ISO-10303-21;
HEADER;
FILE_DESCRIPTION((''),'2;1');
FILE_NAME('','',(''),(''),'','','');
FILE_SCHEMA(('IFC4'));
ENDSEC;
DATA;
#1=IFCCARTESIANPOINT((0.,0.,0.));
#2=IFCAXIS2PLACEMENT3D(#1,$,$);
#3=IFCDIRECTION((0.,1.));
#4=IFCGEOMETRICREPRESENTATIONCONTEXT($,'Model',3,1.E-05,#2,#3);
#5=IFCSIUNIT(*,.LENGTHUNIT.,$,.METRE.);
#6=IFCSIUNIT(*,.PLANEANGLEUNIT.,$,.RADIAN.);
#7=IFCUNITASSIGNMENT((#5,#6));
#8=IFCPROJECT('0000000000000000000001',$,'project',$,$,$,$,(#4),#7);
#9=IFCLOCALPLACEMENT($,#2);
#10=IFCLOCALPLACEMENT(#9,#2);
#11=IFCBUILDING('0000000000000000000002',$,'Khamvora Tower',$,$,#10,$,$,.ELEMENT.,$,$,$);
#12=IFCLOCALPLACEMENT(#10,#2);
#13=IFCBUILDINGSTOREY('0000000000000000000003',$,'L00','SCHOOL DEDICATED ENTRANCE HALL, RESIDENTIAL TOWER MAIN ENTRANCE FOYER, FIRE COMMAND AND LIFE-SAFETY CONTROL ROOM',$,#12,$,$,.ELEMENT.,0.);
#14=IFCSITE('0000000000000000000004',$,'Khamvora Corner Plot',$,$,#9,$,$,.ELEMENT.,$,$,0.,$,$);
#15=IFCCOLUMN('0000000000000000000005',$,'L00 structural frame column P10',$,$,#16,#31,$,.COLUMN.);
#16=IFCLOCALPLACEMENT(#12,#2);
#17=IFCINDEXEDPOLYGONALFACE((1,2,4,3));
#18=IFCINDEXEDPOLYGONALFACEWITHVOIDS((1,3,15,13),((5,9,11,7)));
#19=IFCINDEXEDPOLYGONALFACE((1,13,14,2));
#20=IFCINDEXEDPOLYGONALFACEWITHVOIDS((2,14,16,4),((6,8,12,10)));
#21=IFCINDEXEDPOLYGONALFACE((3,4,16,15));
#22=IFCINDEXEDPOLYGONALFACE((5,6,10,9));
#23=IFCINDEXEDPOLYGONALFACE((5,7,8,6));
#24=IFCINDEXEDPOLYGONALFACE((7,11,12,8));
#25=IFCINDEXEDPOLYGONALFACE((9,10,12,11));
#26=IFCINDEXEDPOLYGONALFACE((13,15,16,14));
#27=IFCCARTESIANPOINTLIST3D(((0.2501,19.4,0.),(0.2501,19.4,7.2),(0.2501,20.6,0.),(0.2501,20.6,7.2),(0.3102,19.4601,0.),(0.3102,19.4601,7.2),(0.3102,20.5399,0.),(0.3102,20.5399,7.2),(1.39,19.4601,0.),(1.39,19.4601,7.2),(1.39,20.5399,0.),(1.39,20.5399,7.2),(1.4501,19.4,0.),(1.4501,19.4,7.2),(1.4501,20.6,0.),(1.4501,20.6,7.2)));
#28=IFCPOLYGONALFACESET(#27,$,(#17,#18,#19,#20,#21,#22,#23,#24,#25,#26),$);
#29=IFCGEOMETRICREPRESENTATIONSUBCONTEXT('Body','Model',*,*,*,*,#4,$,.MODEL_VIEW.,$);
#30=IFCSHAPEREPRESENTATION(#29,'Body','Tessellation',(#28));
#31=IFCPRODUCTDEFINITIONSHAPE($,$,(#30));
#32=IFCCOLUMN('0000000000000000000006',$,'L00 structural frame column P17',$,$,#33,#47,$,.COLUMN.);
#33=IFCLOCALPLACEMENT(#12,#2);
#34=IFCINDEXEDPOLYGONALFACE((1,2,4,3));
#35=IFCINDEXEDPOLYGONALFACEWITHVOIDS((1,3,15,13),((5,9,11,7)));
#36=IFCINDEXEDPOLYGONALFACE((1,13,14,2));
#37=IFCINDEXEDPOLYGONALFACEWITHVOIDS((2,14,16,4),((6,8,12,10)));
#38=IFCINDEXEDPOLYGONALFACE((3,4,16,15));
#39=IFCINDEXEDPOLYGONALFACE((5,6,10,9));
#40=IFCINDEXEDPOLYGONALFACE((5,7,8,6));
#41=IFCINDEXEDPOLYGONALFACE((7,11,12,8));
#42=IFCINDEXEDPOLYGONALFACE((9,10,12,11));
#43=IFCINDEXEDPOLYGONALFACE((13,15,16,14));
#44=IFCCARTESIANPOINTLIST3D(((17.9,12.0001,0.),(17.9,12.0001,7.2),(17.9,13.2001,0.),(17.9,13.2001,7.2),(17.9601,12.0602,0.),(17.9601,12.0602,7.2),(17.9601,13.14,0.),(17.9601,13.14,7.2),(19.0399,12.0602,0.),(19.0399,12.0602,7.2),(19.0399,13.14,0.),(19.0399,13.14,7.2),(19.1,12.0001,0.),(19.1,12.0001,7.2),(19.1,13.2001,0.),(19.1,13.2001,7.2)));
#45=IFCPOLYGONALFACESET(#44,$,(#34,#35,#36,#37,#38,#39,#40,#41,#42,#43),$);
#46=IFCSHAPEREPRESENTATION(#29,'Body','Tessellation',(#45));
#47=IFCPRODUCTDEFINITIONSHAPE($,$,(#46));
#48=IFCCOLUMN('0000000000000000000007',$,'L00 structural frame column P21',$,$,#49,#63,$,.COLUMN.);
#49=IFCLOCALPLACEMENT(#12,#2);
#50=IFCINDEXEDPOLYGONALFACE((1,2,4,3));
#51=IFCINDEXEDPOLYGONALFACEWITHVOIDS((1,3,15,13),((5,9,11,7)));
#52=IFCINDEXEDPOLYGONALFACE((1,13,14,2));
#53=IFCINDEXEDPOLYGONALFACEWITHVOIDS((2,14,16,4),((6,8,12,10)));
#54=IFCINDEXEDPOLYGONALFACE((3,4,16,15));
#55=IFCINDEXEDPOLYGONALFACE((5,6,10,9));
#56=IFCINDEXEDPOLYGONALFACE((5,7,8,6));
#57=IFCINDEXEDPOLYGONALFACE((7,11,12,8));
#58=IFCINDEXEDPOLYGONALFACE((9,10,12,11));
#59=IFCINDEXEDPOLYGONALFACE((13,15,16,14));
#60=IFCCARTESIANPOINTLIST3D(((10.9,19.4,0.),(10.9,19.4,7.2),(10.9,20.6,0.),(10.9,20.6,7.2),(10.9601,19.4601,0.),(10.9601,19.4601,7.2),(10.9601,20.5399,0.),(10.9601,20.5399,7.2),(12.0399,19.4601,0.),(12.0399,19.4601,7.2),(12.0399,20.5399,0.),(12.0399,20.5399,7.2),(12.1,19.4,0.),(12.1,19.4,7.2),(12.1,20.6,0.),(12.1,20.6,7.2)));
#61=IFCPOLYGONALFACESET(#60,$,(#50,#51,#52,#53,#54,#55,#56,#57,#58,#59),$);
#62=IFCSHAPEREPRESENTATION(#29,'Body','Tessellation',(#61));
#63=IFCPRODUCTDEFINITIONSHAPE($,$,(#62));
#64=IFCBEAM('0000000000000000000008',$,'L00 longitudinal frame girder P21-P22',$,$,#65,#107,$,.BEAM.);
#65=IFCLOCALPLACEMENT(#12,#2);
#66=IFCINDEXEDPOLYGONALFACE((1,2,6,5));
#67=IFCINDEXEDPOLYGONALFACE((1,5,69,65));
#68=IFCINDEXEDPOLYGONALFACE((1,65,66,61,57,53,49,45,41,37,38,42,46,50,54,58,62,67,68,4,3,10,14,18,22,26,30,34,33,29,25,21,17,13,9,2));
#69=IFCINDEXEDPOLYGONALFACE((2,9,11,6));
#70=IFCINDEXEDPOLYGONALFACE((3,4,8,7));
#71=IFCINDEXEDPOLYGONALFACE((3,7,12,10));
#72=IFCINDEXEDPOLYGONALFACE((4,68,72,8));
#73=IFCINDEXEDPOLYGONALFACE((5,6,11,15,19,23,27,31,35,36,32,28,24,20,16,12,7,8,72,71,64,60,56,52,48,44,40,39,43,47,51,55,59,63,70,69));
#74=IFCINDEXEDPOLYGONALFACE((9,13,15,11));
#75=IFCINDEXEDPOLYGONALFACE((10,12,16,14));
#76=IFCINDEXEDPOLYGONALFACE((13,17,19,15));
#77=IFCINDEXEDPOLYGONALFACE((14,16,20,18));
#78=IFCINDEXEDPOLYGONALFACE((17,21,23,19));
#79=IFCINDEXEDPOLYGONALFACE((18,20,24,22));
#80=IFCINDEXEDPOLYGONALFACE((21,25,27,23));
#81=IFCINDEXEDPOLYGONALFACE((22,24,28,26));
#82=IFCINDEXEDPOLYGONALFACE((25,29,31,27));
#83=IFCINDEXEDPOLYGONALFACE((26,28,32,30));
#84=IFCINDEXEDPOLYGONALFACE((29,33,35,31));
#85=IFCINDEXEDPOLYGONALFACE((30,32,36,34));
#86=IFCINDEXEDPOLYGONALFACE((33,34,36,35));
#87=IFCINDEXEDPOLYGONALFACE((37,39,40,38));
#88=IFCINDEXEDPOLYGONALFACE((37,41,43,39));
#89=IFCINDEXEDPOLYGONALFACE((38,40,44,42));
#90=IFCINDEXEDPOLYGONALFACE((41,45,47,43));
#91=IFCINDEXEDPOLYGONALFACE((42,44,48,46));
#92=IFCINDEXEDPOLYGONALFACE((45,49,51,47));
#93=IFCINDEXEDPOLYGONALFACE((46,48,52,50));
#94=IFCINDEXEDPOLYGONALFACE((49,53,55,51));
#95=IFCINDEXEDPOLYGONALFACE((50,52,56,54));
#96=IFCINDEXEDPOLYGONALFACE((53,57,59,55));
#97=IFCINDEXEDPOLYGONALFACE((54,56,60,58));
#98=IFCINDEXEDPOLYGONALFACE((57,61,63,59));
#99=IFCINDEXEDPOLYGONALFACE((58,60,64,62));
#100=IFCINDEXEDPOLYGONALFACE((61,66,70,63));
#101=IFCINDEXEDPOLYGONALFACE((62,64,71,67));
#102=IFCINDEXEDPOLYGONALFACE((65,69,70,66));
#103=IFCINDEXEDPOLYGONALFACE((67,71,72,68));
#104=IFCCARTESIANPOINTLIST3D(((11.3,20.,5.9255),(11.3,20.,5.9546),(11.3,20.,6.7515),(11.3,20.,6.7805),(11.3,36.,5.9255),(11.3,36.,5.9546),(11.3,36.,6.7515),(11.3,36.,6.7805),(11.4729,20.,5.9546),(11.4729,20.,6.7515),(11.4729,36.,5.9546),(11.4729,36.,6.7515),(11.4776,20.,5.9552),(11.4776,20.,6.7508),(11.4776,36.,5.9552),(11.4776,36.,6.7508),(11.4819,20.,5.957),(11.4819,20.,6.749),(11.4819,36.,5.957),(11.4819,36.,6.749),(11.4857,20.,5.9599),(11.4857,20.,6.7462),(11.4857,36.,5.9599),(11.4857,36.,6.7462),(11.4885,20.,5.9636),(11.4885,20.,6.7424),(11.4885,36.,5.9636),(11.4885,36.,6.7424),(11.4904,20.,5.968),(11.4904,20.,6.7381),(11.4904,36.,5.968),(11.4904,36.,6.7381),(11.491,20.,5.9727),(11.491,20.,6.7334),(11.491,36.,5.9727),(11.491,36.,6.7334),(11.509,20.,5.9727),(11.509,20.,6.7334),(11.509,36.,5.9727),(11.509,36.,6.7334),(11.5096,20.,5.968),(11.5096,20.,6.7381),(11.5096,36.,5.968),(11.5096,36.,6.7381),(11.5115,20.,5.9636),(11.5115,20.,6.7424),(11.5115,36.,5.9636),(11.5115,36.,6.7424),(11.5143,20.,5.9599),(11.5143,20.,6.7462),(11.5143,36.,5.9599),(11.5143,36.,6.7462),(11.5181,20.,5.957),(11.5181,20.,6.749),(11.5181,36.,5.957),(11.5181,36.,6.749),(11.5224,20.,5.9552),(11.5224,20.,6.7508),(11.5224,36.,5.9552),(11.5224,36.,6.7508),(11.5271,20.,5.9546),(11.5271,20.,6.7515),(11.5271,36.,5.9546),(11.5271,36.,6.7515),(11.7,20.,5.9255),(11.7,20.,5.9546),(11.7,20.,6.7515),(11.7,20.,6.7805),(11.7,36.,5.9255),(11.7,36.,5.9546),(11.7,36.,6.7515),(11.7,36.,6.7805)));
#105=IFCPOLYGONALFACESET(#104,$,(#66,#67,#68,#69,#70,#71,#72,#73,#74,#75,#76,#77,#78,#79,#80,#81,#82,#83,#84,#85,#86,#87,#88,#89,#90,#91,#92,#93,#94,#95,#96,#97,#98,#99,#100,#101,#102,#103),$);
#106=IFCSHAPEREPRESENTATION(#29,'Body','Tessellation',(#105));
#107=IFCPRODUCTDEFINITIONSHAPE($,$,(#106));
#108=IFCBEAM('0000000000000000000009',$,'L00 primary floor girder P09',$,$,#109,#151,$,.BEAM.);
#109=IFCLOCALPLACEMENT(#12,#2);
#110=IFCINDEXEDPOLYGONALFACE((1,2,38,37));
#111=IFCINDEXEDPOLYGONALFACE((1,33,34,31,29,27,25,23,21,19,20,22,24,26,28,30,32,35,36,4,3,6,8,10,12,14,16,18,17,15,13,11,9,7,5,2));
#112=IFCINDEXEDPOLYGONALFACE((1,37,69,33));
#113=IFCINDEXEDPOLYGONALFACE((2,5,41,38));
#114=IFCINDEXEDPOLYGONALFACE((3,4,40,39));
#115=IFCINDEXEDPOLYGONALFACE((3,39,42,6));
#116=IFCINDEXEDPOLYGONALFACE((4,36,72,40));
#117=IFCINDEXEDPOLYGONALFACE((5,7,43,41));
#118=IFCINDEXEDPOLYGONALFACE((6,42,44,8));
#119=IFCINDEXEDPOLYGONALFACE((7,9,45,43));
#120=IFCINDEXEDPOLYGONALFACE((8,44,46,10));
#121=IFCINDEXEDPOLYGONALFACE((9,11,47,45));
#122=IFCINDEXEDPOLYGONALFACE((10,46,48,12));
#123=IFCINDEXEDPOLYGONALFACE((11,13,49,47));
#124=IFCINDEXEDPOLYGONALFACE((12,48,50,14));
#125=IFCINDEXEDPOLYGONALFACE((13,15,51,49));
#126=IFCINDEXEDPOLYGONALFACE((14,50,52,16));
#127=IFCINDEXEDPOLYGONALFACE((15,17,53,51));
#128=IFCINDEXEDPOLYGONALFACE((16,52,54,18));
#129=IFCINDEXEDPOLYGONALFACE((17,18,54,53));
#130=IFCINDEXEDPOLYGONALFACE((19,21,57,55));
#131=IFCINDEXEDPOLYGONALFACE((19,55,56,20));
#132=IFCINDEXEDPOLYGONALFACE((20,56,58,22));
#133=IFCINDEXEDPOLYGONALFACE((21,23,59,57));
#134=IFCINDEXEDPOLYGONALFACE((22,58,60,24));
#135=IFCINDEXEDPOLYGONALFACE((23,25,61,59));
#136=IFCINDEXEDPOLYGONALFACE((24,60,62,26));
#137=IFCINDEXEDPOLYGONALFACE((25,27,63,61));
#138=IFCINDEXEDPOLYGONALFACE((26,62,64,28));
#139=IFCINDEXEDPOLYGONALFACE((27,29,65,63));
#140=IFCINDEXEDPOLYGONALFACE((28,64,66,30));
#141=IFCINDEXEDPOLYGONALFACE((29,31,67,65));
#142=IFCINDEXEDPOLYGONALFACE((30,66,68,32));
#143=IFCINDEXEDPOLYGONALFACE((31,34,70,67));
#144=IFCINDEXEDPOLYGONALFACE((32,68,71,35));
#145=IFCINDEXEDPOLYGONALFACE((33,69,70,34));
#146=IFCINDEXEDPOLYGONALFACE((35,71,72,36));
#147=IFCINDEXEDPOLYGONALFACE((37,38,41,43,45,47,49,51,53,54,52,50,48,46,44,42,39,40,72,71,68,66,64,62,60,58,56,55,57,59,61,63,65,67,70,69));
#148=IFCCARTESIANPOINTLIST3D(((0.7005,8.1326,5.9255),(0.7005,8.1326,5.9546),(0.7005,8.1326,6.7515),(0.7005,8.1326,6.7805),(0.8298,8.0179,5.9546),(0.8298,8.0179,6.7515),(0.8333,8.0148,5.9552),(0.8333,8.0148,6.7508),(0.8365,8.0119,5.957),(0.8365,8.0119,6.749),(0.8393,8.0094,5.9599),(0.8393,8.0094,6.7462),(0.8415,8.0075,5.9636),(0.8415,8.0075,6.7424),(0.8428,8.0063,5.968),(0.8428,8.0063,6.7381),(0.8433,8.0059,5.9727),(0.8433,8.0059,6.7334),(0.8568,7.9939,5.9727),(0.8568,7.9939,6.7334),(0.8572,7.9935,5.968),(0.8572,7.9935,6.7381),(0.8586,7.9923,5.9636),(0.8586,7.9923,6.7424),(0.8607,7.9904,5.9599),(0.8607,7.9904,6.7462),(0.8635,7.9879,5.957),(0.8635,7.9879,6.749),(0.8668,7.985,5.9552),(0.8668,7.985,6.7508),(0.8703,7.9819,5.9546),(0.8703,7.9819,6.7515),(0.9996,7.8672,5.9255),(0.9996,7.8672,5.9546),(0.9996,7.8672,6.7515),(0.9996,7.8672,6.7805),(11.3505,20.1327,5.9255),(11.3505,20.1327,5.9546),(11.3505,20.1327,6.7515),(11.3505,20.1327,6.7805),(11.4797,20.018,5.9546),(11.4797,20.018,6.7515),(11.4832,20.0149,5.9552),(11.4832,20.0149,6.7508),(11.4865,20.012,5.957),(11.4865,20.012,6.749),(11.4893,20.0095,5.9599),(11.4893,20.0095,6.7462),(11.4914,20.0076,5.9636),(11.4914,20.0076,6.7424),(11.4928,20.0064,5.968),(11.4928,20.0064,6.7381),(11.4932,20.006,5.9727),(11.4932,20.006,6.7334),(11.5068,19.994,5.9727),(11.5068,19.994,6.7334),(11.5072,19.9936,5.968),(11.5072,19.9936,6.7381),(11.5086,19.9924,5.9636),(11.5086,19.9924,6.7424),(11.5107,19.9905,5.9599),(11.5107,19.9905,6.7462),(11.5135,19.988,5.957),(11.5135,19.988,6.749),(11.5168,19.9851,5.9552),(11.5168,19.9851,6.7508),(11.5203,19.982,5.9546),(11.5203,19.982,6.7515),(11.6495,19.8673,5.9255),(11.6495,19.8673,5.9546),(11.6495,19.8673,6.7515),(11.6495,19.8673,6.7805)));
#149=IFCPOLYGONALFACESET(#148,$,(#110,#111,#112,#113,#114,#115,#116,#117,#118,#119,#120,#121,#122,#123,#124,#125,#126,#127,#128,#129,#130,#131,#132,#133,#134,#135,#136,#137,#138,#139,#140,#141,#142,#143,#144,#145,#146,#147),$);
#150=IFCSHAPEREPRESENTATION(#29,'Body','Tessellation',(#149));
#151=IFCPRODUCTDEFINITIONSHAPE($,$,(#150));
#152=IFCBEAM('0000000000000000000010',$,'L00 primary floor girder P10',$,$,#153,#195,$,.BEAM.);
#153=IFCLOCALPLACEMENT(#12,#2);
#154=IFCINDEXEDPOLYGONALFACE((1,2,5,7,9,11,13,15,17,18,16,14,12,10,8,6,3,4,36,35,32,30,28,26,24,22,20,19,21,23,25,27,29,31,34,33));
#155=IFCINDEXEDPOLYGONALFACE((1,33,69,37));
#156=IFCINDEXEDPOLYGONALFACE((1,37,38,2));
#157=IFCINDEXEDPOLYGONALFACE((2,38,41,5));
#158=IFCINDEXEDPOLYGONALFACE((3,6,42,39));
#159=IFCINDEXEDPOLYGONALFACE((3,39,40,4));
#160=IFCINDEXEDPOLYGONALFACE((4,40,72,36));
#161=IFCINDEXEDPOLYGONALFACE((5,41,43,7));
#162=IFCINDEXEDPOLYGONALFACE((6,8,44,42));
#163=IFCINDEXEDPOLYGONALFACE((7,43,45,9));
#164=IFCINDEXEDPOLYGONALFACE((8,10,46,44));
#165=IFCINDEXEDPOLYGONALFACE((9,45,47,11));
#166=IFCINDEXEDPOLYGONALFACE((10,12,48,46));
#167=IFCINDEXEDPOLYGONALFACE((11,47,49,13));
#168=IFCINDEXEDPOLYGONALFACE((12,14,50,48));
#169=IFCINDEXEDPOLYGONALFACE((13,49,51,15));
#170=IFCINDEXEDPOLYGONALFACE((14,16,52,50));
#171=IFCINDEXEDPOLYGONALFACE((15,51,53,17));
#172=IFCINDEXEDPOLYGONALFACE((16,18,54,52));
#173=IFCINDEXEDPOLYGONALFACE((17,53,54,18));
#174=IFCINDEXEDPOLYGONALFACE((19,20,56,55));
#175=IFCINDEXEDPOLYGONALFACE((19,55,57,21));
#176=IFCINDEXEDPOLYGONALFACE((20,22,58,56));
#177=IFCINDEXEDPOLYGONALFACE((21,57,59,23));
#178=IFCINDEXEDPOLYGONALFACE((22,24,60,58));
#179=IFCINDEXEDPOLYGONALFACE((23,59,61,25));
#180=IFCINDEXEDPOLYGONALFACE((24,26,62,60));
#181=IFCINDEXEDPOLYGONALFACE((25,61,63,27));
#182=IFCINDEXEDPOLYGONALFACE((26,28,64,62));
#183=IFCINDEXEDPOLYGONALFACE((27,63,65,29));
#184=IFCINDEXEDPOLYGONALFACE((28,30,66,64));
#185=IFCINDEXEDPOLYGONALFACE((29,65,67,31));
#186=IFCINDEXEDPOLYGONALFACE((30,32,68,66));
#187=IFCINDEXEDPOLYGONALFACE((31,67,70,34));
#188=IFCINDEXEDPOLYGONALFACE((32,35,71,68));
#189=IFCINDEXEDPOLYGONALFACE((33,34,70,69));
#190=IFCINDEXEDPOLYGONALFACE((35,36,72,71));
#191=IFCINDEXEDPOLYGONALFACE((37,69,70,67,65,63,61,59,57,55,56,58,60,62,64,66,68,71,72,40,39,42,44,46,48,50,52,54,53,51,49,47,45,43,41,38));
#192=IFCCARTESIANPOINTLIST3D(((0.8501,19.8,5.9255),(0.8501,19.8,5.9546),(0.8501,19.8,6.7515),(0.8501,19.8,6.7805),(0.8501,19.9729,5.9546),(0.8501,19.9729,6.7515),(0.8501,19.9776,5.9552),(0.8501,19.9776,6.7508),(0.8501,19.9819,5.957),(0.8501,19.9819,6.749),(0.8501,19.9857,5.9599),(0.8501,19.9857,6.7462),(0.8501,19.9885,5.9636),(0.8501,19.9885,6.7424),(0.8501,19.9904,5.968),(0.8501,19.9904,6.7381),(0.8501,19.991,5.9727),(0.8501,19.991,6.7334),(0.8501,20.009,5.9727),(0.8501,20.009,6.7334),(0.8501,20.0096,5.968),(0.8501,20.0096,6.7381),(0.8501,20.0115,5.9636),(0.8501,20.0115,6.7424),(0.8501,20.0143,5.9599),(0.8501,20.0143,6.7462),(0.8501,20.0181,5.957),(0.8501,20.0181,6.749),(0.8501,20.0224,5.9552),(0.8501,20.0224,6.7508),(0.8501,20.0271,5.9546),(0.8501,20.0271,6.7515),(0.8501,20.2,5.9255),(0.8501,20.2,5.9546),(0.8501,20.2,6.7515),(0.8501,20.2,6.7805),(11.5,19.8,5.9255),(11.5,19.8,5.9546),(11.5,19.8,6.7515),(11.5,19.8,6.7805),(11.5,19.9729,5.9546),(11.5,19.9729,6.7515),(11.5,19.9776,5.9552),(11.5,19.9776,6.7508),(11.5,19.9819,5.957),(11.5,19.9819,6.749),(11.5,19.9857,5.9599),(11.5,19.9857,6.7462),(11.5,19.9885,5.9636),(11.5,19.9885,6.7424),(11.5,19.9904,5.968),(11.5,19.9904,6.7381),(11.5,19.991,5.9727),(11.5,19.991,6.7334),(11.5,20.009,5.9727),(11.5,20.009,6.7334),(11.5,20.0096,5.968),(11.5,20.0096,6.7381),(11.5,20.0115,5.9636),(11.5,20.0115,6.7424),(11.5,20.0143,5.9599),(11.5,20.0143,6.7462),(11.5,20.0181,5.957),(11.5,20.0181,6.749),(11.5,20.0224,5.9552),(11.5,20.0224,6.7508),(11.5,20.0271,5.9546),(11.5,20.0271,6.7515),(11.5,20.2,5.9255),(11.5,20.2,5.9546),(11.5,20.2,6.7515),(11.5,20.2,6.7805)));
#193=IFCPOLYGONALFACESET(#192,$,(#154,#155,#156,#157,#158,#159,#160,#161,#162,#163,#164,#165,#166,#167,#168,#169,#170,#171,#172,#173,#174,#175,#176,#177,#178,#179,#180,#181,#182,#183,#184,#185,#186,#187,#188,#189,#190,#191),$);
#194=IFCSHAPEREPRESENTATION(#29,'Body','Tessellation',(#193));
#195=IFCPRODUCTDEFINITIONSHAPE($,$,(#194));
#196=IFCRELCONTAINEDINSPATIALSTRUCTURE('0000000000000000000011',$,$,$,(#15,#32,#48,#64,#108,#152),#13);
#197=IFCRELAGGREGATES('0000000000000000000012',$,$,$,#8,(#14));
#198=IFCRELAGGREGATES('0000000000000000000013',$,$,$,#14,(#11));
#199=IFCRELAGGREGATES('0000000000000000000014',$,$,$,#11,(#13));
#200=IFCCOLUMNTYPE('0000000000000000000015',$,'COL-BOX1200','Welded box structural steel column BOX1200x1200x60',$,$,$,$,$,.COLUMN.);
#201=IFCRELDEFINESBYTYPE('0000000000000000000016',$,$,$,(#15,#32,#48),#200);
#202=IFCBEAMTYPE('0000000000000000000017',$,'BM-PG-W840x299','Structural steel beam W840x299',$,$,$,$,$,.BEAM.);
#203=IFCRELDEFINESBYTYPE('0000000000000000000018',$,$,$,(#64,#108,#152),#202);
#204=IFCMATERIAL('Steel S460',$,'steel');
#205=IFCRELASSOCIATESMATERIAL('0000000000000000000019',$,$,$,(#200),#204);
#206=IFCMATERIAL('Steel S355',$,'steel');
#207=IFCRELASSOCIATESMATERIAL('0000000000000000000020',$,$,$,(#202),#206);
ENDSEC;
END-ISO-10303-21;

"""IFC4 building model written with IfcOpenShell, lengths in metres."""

from ifc_helpers import new_model, si_unit, direction, frame, origin, origin_2d, place, context, subcontext, project, spatial, hollow_rectangle, i_section, extrude, material, material_profile, profile_set, type_object, element, save


model = new_model("IFC4")

# Units and contexts
model_context = context("Model", 3, precision=1e-05, world=origin(), true_north=direction((0.0, 1.0)))
body_context = subcontext(model_context, "Body", "Model", "MODEL_VIEW")
ifc_project = project(units=[si_unit("LENGTHUNIT", "METRE"), si_unit("PLANEANGLEUNIT", "RADIAN")], contexts=[model_context])

# Site, building, storey
site_placement = place(None, origin())
site = spatial("IfcSite", under=ifc_project, at=site_placement, Name="Khamvora Corner Plot", CompositionType="ELEMENT", RefElevation=0.0)
building_placement = place(site_placement, origin())
building = spatial("IfcBuilding", under=site, at=building_placement, Name="Khamvora Tower", CompositionType="ELEMENT")
storey_placement = place(building_placement, origin())
storey = spatial("IfcBuildingStorey", under=building, at=storey_placement, Name="L00", Description="SCHOOL DEDICATED ENTRANCE HALL, RESIDENTIAL TOWER MAIN ENTRANCE FOYER, FIRE COMMAND AND LIFE-SAFETY CONTROL ROOM", CompositionType="ELEMENT", Elevation=0.0)

# Columns
ifc_material_1 = material(Name="Steel S460", Category="steel")
ifc_material_profile_1 = material_profile(ifc_material_1, hollow_rectangle(XDim=1.2, YDim=1.2, WallThickness=0.0601, at=origin_2d()), Name="BOX1200x1200x60")
ifc_profile_set_1 = profile_set([ifc_material_profile_1], Name="Steel S460")
column_type = type_object("IfcColumnType", Name="COL-BOX1200", Description="Welded box structural steel column BOX1200x1200x60", PredefinedType="COLUMN", material=ifc_profile_set_1)
for number, where, z_axis, x_axis, name in (
    (1, (0.8501, 20.0, 0.0), (0.0, 0.0, 1.0), (1.0, 0.0, 0.0), "L00 structural frame column P10"),
    (2, (18.5, 12.6001, 0.0), (0.0, 0.0, 1.0), (1.0, 0.0, 0.0), "L00 structural frame column P17"),
    (3, (11.5, 20.0, 0.0), (0.0, 0.0, 1.0), (1.0, 0.0, 0.0), "L00 structural frame column P21"),
):
    element("IfcColumn", number, at=place(storey_placement, frame(where, z_axis=z_axis, x_axis=x_axis)), inside=storey, type_object=column_type, Name=name, PredefinedType="COLUMN", context=body_context, shape_type="SweptSolid", body=[
        extrude(hollow_rectangle(XDim=1.2, YDim=1.2, WallThickness=0.0601, at=origin_2d()), origin(), (0.0, 0.0, 1.0), 7.2),
    ])

# Beams
ifc_material_2 = material(Name="Steel S355", Category="steel")
ifc_material_profile_2 = material_profile(ifc_material_2, i_section(OverallWidth=0.3999, OverallDepth=0.855, WebThickness=0.0181, FlangeThickness=0.0291, FilletRadius=0.0181, at=origin_2d()), Name="W840x299")
ifc_profile_set_2 = profile_set([ifc_material_profile_2], Name="Steel S355")
beam_type_1 = type_object("IfcBeamType", Name="BM-PG-W840x299", Description="Structural steel beam W840x299", PredefinedType="BEAM", material=ifc_profile_set_2)
beam_1_placement = place(storey_placement, frame((11.5, 20.0, 6.353), z_axis=(0.0, 1.0, 0.0), x_axis=(-1.0, 0.0, 0.0)))
element("IfcBeam", 4, at=beam_1_placement, inside=storey, type_object=beam_type_1, Name="L00 longitudinal frame girder P21-P22", PredefinedType="BEAM", context=body_context, shape_type="SweptSolid", body=[
    extrude(i_section(OverallWidth=0.3999, OverallDepth=0.855, WebThickness=0.0181, FlangeThickness=0.0291, FilletRadius=0.0181, at=origin_2d()), origin(), (0.0, 0.0, 1.0), 16.0),
])
beam_2_placement = place(storey_placement, frame((11.5, 20.0, 6.353), z_axis=(-0.66378, -0.747928, 0.0), x_axis=(0.747928, -0.66378, 0.0)))
element("IfcBeam", 5, at=beam_2_placement, inside=storey, type_object=beam_type_1, Name="L00 primary floor girder P09", PredefinedType="BEAM", context=body_context, shape_type="SweptSolid", body=[
    extrude(i_section(OverallWidth=0.3999, OverallDepth=0.855, WebThickness=0.0181, FlangeThickness=0.0291, FilletRadius=0.0181, at=origin_2d()), origin(), (0.0, 0.0, 1.0), 16.0444),
])
beam_3_placement = place(storey_placement, frame((11.5, 20.0, 6.353), z_axis=(-1.0, 0.0, 0.0), x_axis=(0.0, -1.0, 0.0)))
element("IfcBeam", 6, at=beam_3_placement, inside=storey, type_object=beam_type_1, Name="L00 primary floor girder P10", PredefinedType="BEAM", context=body_context, shape_type="SweptSolid", body=[
    extrude(i_section(OverallWidth=0.3999, OverallDepth=0.855, WebThickness=0.0181, FlangeThickness=0.0291, FilletRadius=0.0181, at=origin_2d()), origin(), (0.0, 0.0, 1.0), 10.6499),
])

save(model, "model.ifc")
